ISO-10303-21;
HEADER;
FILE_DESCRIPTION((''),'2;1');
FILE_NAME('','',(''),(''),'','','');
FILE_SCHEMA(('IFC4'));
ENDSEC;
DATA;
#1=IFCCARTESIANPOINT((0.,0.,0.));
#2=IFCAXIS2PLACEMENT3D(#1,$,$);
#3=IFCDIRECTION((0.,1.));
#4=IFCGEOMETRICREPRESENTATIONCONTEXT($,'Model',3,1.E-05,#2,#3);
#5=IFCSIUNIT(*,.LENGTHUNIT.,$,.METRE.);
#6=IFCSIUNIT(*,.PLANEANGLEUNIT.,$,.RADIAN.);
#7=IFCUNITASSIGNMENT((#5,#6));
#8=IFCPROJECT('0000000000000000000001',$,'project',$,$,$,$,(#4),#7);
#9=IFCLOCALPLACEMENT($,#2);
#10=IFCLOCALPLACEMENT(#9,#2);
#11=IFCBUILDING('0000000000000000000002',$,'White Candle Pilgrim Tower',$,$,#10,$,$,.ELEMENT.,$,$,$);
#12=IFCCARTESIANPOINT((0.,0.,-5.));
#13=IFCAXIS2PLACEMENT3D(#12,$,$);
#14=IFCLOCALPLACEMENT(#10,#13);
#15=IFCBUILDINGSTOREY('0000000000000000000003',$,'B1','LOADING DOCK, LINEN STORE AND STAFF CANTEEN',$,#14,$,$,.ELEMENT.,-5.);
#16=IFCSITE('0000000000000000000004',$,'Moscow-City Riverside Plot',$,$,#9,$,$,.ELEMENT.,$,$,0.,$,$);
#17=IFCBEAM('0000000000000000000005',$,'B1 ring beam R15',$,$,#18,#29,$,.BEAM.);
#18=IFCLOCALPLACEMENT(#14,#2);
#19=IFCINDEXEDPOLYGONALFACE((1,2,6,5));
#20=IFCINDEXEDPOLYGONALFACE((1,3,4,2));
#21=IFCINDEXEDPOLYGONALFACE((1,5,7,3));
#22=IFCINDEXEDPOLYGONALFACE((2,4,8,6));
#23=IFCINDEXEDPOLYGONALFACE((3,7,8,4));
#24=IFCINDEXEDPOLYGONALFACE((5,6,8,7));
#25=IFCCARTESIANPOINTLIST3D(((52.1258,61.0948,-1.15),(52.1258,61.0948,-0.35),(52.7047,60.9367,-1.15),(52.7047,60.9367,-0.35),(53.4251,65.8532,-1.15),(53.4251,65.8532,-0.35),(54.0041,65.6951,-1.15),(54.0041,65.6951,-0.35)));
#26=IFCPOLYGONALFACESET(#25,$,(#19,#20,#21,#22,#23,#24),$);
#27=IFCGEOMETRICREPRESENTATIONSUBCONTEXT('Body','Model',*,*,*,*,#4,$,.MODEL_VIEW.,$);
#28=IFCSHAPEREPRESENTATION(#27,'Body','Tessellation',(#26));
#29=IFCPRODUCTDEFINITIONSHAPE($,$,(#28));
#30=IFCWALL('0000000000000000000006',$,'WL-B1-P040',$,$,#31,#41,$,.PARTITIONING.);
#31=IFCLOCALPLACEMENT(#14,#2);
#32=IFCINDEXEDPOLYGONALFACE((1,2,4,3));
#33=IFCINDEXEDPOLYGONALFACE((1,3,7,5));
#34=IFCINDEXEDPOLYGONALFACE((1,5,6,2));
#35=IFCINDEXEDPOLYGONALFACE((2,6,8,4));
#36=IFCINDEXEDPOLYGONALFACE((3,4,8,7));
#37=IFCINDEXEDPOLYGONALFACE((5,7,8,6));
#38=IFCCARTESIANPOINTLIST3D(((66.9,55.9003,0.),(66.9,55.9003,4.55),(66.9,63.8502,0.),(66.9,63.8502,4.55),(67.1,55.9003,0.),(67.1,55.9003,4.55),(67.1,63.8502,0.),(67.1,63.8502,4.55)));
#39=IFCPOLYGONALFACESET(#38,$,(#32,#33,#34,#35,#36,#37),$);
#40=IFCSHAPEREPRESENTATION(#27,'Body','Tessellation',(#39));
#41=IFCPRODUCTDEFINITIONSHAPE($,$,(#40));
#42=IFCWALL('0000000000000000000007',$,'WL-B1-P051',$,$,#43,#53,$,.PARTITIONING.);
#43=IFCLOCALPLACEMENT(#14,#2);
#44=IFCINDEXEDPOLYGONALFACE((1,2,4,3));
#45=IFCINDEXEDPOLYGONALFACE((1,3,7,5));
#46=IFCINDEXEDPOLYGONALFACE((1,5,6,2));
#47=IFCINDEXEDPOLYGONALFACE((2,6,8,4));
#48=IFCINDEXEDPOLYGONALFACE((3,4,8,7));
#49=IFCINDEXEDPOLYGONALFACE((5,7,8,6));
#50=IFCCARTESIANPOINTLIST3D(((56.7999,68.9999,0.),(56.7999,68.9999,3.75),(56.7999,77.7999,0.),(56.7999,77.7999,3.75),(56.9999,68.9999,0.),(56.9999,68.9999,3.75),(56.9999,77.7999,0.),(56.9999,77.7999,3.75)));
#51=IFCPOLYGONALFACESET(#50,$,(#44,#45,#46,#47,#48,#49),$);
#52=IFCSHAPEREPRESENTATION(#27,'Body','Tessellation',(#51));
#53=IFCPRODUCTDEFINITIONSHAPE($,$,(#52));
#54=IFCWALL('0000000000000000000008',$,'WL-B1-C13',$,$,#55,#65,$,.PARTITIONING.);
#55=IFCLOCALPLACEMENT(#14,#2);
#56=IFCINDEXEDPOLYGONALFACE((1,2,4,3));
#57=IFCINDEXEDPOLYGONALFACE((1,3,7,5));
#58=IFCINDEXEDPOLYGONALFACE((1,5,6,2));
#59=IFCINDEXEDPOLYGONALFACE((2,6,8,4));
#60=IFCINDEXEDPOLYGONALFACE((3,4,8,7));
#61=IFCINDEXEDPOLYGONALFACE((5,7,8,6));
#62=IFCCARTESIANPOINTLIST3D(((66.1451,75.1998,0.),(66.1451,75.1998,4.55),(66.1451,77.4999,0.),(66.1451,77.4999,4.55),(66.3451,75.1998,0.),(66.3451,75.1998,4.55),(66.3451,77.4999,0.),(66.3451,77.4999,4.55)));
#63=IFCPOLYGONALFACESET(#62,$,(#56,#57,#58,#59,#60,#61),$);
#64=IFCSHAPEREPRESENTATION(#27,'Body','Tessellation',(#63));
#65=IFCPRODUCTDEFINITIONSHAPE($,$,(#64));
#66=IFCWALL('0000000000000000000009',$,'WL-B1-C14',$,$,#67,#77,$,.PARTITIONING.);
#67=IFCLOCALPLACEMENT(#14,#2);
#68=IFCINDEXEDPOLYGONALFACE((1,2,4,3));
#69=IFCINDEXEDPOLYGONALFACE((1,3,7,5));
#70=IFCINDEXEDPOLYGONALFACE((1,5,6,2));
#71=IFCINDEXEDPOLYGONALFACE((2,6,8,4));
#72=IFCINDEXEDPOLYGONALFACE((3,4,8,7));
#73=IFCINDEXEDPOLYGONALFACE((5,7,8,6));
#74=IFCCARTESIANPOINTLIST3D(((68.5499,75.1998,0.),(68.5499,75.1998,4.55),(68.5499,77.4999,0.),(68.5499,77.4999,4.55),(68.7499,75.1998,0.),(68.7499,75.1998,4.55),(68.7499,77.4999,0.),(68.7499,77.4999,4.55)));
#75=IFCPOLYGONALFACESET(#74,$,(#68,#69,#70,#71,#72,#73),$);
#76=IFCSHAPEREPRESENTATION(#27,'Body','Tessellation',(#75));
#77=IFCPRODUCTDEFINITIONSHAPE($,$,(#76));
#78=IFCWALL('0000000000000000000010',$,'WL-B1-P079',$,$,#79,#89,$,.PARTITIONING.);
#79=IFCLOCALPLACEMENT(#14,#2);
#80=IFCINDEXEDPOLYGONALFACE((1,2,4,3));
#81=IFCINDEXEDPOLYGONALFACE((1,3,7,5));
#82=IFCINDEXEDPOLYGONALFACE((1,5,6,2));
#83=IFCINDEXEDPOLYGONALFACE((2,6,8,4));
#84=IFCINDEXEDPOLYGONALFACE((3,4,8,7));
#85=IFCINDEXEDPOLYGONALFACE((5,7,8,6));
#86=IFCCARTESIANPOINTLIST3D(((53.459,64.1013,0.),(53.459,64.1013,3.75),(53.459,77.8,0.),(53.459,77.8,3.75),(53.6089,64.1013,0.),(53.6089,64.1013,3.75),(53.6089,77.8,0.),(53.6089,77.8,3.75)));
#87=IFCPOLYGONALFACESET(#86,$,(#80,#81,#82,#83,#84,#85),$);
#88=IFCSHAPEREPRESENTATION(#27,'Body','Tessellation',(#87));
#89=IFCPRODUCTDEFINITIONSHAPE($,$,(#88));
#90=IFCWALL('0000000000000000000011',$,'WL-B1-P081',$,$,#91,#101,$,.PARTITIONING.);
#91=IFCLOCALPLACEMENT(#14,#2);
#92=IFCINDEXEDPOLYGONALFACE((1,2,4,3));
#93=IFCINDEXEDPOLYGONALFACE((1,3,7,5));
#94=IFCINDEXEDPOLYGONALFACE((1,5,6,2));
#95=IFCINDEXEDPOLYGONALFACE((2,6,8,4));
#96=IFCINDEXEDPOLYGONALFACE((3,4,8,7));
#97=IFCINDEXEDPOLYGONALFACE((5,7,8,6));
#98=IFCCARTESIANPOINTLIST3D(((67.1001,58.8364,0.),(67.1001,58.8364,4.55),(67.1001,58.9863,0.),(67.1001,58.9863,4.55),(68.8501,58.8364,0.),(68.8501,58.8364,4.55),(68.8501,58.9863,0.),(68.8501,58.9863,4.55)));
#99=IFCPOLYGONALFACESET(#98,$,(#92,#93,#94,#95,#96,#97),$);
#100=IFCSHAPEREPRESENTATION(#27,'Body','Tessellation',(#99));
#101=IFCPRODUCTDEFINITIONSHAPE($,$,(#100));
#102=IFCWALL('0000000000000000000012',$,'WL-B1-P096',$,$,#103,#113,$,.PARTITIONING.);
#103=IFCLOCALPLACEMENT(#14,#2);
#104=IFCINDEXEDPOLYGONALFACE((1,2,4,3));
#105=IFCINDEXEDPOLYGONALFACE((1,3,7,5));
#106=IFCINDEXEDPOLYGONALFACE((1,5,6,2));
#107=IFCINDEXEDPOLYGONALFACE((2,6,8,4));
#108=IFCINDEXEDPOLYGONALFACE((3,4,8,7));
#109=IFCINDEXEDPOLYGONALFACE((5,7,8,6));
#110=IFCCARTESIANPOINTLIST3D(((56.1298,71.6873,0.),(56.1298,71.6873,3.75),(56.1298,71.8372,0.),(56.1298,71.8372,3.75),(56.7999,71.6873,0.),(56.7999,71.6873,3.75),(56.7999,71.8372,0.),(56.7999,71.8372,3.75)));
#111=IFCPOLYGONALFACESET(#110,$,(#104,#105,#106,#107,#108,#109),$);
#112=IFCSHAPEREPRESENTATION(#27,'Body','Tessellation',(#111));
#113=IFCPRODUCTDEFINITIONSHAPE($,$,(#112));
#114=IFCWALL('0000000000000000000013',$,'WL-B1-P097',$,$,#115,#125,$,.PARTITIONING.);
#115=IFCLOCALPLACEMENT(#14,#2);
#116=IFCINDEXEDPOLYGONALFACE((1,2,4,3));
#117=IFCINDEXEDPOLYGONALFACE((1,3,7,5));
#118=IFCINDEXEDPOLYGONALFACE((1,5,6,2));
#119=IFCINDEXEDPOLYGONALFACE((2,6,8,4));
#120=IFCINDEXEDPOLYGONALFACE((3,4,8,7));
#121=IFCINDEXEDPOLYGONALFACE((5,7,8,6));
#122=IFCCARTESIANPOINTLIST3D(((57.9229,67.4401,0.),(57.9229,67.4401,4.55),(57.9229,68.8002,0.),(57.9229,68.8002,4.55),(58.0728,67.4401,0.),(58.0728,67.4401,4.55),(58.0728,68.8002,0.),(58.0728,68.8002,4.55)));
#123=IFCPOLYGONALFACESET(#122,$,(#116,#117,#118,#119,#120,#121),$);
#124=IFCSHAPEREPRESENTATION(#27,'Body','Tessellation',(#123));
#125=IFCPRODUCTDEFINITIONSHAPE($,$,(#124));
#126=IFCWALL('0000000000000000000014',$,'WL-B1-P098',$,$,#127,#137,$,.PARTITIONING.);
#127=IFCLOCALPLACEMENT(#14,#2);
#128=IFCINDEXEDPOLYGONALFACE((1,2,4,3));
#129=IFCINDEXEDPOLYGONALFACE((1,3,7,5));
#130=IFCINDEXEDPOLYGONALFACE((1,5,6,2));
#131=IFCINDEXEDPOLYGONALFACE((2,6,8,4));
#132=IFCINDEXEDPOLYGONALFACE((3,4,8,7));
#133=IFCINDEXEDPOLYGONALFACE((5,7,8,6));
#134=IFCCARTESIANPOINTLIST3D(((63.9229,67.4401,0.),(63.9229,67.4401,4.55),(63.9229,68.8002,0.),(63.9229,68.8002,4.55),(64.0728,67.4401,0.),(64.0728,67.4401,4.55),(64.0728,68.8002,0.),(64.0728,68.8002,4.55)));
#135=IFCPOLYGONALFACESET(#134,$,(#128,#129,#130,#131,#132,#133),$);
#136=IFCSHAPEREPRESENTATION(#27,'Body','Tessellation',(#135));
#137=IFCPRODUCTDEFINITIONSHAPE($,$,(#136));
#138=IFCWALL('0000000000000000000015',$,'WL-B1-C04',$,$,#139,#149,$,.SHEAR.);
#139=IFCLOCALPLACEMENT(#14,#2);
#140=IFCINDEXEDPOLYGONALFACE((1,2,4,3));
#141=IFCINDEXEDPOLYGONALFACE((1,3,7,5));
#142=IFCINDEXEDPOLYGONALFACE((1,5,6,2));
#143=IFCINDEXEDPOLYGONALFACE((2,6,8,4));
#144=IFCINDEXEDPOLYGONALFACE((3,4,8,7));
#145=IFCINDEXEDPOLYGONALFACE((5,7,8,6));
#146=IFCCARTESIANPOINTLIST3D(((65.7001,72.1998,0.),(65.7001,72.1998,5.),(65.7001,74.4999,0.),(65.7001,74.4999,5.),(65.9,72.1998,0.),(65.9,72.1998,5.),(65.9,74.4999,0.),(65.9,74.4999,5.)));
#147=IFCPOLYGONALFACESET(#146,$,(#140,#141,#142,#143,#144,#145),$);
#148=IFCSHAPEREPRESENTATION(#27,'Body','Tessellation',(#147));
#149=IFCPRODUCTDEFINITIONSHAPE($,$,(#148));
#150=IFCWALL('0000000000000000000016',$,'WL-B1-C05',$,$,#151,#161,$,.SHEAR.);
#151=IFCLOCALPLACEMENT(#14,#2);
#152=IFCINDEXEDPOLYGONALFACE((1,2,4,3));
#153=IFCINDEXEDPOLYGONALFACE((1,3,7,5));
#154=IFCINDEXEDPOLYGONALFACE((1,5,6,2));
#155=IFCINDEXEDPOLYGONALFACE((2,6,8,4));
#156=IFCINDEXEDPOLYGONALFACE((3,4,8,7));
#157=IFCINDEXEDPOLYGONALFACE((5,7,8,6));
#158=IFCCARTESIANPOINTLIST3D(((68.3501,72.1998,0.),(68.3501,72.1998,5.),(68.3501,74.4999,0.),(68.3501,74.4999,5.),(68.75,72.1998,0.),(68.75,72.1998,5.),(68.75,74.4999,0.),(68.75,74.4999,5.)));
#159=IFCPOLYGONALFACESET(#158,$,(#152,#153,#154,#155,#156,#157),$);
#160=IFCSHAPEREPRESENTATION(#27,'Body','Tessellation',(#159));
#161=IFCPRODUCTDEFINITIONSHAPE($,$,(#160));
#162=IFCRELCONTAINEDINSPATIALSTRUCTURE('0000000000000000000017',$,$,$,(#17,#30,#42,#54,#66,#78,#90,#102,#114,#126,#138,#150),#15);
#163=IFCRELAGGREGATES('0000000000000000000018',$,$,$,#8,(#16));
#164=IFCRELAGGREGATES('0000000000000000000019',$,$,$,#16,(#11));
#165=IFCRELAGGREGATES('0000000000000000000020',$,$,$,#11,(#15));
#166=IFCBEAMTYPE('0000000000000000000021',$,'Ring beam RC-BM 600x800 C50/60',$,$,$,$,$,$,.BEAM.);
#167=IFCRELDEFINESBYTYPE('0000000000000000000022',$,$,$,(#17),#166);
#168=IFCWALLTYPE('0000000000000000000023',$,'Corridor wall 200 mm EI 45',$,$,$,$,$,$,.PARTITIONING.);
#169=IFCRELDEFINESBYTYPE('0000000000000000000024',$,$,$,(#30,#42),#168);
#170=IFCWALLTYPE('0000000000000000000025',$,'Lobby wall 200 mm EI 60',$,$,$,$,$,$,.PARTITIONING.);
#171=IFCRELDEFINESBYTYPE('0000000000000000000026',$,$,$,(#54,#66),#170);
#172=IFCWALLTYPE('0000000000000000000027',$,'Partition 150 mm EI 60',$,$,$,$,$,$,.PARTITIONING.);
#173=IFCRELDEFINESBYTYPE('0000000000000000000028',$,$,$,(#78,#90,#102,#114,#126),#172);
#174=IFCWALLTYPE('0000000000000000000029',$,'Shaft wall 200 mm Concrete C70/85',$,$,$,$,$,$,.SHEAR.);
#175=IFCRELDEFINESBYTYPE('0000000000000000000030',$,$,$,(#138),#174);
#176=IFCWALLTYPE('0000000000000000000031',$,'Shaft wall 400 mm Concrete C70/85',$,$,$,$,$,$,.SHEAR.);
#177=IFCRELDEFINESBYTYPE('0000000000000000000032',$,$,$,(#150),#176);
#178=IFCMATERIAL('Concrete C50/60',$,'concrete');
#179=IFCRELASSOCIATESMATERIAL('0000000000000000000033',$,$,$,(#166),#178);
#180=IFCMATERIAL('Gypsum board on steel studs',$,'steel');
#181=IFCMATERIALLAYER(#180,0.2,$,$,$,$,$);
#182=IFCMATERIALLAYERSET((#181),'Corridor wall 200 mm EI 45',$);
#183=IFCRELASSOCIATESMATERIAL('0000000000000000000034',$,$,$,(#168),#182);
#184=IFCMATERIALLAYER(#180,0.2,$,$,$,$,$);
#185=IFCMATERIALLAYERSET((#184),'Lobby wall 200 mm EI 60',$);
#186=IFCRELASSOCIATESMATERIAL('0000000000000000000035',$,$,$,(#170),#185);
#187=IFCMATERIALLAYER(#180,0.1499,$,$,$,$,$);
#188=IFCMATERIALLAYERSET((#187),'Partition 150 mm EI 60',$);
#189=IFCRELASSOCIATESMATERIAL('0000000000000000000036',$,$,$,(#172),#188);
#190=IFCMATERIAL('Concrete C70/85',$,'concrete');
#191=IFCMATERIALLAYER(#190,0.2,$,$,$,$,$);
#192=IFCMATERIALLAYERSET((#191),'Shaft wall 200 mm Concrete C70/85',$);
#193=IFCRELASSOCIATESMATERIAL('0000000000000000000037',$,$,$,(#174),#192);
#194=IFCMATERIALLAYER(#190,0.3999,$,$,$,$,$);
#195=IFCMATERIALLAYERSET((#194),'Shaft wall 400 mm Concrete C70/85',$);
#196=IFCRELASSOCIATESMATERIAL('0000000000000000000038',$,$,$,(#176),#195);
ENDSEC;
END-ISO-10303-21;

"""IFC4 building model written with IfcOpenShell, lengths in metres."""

from ifc_helpers import new_model, si_unit, direction, frame, frame_2d, origin, origin_2d, place, context, subcontext, project, spatial, rectangle, extrude, material, layer, layer_set, material_profile, profile_set, type_object, element, save


model = new_model("IFC4")

# Units and contexts
model_context = context("Model", 3, precision=1e-05, world=origin(), true_north=direction((0.0, 1.0)))
body_context = subcontext(model_context, "Body", "Model", "MODEL_VIEW")
ifc_project = project(units=[si_unit("LENGTHUNIT", "METRE"), si_unit("PLANEANGLEUNIT", "RADIAN")], contexts=[model_context])

# Site, building, storey
site_placement = place(None, origin())
site = spatial("IfcSite", under=ifc_project, at=site_placement, Name="Moscow-City Riverside Plot", CompositionType="ELEMENT", RefElevation=0.0)
building_placement = place(site_placement, origin())
building = spatial("IfcBuilding", under=site, at=building_placement, Name="White Candle Pilgrim Tower", CompositionType="ELEMENT")
storey_placement = place(building_placement, frame((0.0, 0.0, -5.0)))
storey = spatial("IfcBuildingStorey", under=building, at=storey_placement, Name="B1", Description="LOADING DOCK, LINEN STORE AND STAFF CANTEEN", CompositionType="ELEMENT", Elevation=-5.0)

# Beam
ifc_material_1 = material(Name="Concrete C50/60", Category="concrete")
ifc_material_profile_1 = material_profile(ifc_material_1, rectangle(XDim=0.6001, YDim=0.8, at=origin_2d()), Name="RC-BM 600x800")
ifc_profile_set_1 = profile_set([ifc_material_profile_1], Name="Concrete C50/60")
beam_type = type_object("IfcBeamType", Name="Ring beam RC-BM 600x800 C50/60", PredefinedType="BEAM", material=ifc_profile_set_1)
beam_1_placement = place(storey_placement, frame((53.7146, 65.7742, -0.75), z_axis=(-0.263419, -0.964682, 0.0), x_axis=(0.964682, -0.263419, 0.0)))
element("IfcBeam", 1, at=beam_1_placement, inside=storey, type_object=beam_type, Name="B1 ring beam R15", PredefinedType="BEAM", context=body_context, shape_type="SweptSolid", body=[
    extrude(rectangle(XDim=0.6001, YDim=0.8, at=origin_2d()), origin(), (0.0, 0.0, 1.0), 4.9326),
])

# Walls
ifc_material_2 = material(Name="Gypsum board on steel studs", Category="steel")
ifc_layer_1 = layer(ifc_material_2, 0.2)
ifc_layer_set_1 = layer_set([ifc_layer_1], Name="Corridor wall 200 mm EI 45")
wall_type_1 = type_object("IfcWallType", Name="Corridor wall 200 mm EI 45", PredefinedType="PARTITIONING", material=ifc_layer_set_1)
wall_1_placement = place(storey_placement, frame((67.0, 63.8503, 0.0), z_axis=(0.0, 0.0, 1.0), x_axis=(0.0, -1.0, 0.0)))
element("IfcWall", 2, at=wall_1_placement, inside=storey, type_object=wall_type_1, Name="WL-B1-P040", PredefinedType="PARTITIONING", context=body_context, shape_type="SweptSolid", body=[
    extrude(rectangle(XDim=7.95, YDim=0.2, at=frame_2d((3.9751, 0.0))), origin(), (0.0, 0.0, 1.0), 4.55),
])
wall_2_placement = place(storey_placement, frame((56.8999, 69.0, 0.0), z_axis=(0.0, 0.0, 1.0), x_axis=(0.0, 1.0, 0.0)))
element("IfcWall", 3, at=wall_2_placement, inside=storey, type_object=wall_type_1, Name="WL-B1-P051", PredefinedType="PARTITIONING", context=body_context, shape_type="SweptSolid", body=[
    extrude(rectangle(XDim=8.8, YDim=0.2, at=frame_2d((4.3999, 0.0))), origin(), (0.0, 0.0, 1.0), 3.75),
])
ifc_layer_2 = layer(ifc_material_2, 0.2)
ifc_layer_set_2 = layer_set([ifc_layer_2], Name="Lobby wall 200 mm EI 60")
wall_type_2 = type_object("IfcWallType", Name="Lobby wall 200 mm EI 60", PredefinedType="PARTITIONING", material=ifc_layer_set_2)
for number, where, z_axis, x_axis, name in (
    (4, (66.2451, 75.2, 0.0), (0.0, 0.0, 1.0), (0.0, 1.0, 0.0), "WL-B1-C13"),
    (5, (68.6499, 75.2, 0.0), (0.0, 0.0, 1.0), (0.0, 1.0, 0.0), "WL-B1-C14"),
):
    element("IfcWall", number, at=place(storey_placement, frame(where, z_axis=z_axis, x_axis=x_axis)), inside=storey, type_object=wall_type_2, Name=name, PredefinedType="PARTITIONING", context=body_context, shape_type="SweptSolid", body=[
        extrude(rectangle(XDim=2.3, YDim=0.2, at=frame_2d((1.1499, 0.0))), origin(), (0.0, 0.0, 1.0), 4.55),
    ])
ifc_layer_3 = layer(ifc_material_2, 0.1499)
ifc_layer_set_3 = layer_set([ifc_layer_3], Name="Partition 150 mm EI 60")
wall_type_3 = type_object("IfcWallType", Name="Partition 150 mm EI 60", PredefinedType="PARTITIONING", material=ifc_layer_set_3)
wall_3_placement = place(storey_placement, frame((53.5339, 64.1013, 0.0), z_axis=(0.0, 0.0, 1.0), x_axis=(0.0, 1.0, 0.0)))
element("IfcWall", 6, at=wall_3_placement, inside=storey, type_object=wall_type_3, Name="WL-B1-P079", PredefinedType="PARTITIONING", context=body_context, shape_type="SweptSolid", body=[
    extrude(rectangle(XDim=13.6987, YDim=0.1499, at=frame_2d((6.8494, 0.0))), origin(), (0.0, 0.0, 1.0), 3.75),
])
wall_4_placement = place(storey_placement, frame((67.1001, 58.9114, 0.0), z_axis=(0.0, 0.0, 1.0), x_axis=(1.0, 0.0, 0.0)))
element("IfcWall", 7, at=wall_4_placement, inside=storey, type_object=wall_type_3, Name="WL-B1-P081", PredefinedType="PARTITIONING", context=body_context, shape_type="SweptSolid", body=[
    extrude(rectangle(XDim=1.75, YDim=0.1499, at=frame_2d((0.875, 0.0))), origin(), (0.0, 0.0, 1.0), 4.55),
])
wall_5_placement = place(storey_placement, frame((56.1299, 71.7622, 0.0), z_axis=(0.0, 0.0, 1.0), x_axis=(1.0, 0.0, 0.0)))
element("IfcWall", 8, at=wall_5_placement, inside=storey, type_object=wall_type_3, Name="WL-B1-P096", PredefinedType="PARTITIONING", context=body_context, shape_type="SweptSolid", body=[
    extrude(rectangle(XDim=0.6702, YDim=0.1499, at=frame_2d((0.335, 0.0))), origin(), (0.0, 0.0, 1.0), 3.75),
])
for number, where, z_axis, x_axis, name in (
    (9, (57.9978, 67.4399, 0.0), (0.0, 0.0, 1.0), (0.0, 1.0, 0.0), "WL-B1-P097"),
    (10, (63.9978, 67.4399, 0.0), (0.0, 0.0, 1.0), (0.0, 1.0, 0.0), "WL-B1-P098"),
):
    element("IfcWall", number, at=place(storey_placement, frame(where, z_axis=z_axis, x_axis=x_axis)), inside=storey, type_object=wall_type_3, Name=name, PredefinedType="PARTITIONING", context=body_context, shape_type="SweptSolid", body=[
        extrude(rectangle(XDim=1.3601, YDim=0.1499, at=frame_2d((0.6802, 0.0))), origin(), (0.0, 0.0, 1.0), 4.55),
    ])
ifc_material_3 = material(Name="Concrete C70/85", Category="concrete")
ifc_layer_4 = layer(ifc_material_3, 0.2)
ifc_layer_set_4 = layer_set([ifc_layer_4], Name="Shaft wall 200 mm Concrete C70/85")
wall_type_4 = type_object("IfcWallType", Name="Shaft wall 200 mm Concrete C70/85", PredefinedType="SHEAR", material=ifc_layer_set_4)
wall_6_placement = place(storey_placement, frame((65.8, 72.2, 0.0), z_axis=(0.0, 0.0, 1.0), x_axis=(0.0, 1.0, 0.0)))
element("IfcWall", 11, at=wall_6_placement, inside=storey, type_object=wall_type_4, Name="WL-B1-C04", PredefinedType="SHEAR", context=body_context, shape_type="SweptSolid", body=[
    extrude(rectangle(XDim=2.3, YDim=0.2, at=frame_2d((1.1499, 0.0))), origin(), (0.0, 0.0, 1.0), 5.0),
])
ifc_layer_5 = layer(ifc_material_3, 0.3999)
ifc_layer_set_5 = layer_set([ifc_layer_5], Name="Shaft wall 400 mm Concrete C70/85")
wall_type_5 = type_object("IfcWallType", Name="Shaft wall 400 mm Concrete C70/85", PredefinedType="SHEAR", material=ifc_layer_set_5)
wall_7_placement = place(storey_placement, frame((68.55, 72.2, 0.0), z_axis=(0.0, 0.0, 1.0), x_axis=(0.0, 1.0, 0.0)))
element("IfcWall", 12, at=wall_7_placement, inside=storey, type_object=wall_type_5, Name="WL-B1-C05", PredefinedType="SHEAR", context=body_context, shape_type="SweptSolid", body=[
    extrude(rectangle(XDim=2.3, YDim=0.3999, at=frame_2d((1.1499, 0.0))), origin(), (0.0, 0.0, 1.0), 5.0),
])

save(model, "model.ifc")
